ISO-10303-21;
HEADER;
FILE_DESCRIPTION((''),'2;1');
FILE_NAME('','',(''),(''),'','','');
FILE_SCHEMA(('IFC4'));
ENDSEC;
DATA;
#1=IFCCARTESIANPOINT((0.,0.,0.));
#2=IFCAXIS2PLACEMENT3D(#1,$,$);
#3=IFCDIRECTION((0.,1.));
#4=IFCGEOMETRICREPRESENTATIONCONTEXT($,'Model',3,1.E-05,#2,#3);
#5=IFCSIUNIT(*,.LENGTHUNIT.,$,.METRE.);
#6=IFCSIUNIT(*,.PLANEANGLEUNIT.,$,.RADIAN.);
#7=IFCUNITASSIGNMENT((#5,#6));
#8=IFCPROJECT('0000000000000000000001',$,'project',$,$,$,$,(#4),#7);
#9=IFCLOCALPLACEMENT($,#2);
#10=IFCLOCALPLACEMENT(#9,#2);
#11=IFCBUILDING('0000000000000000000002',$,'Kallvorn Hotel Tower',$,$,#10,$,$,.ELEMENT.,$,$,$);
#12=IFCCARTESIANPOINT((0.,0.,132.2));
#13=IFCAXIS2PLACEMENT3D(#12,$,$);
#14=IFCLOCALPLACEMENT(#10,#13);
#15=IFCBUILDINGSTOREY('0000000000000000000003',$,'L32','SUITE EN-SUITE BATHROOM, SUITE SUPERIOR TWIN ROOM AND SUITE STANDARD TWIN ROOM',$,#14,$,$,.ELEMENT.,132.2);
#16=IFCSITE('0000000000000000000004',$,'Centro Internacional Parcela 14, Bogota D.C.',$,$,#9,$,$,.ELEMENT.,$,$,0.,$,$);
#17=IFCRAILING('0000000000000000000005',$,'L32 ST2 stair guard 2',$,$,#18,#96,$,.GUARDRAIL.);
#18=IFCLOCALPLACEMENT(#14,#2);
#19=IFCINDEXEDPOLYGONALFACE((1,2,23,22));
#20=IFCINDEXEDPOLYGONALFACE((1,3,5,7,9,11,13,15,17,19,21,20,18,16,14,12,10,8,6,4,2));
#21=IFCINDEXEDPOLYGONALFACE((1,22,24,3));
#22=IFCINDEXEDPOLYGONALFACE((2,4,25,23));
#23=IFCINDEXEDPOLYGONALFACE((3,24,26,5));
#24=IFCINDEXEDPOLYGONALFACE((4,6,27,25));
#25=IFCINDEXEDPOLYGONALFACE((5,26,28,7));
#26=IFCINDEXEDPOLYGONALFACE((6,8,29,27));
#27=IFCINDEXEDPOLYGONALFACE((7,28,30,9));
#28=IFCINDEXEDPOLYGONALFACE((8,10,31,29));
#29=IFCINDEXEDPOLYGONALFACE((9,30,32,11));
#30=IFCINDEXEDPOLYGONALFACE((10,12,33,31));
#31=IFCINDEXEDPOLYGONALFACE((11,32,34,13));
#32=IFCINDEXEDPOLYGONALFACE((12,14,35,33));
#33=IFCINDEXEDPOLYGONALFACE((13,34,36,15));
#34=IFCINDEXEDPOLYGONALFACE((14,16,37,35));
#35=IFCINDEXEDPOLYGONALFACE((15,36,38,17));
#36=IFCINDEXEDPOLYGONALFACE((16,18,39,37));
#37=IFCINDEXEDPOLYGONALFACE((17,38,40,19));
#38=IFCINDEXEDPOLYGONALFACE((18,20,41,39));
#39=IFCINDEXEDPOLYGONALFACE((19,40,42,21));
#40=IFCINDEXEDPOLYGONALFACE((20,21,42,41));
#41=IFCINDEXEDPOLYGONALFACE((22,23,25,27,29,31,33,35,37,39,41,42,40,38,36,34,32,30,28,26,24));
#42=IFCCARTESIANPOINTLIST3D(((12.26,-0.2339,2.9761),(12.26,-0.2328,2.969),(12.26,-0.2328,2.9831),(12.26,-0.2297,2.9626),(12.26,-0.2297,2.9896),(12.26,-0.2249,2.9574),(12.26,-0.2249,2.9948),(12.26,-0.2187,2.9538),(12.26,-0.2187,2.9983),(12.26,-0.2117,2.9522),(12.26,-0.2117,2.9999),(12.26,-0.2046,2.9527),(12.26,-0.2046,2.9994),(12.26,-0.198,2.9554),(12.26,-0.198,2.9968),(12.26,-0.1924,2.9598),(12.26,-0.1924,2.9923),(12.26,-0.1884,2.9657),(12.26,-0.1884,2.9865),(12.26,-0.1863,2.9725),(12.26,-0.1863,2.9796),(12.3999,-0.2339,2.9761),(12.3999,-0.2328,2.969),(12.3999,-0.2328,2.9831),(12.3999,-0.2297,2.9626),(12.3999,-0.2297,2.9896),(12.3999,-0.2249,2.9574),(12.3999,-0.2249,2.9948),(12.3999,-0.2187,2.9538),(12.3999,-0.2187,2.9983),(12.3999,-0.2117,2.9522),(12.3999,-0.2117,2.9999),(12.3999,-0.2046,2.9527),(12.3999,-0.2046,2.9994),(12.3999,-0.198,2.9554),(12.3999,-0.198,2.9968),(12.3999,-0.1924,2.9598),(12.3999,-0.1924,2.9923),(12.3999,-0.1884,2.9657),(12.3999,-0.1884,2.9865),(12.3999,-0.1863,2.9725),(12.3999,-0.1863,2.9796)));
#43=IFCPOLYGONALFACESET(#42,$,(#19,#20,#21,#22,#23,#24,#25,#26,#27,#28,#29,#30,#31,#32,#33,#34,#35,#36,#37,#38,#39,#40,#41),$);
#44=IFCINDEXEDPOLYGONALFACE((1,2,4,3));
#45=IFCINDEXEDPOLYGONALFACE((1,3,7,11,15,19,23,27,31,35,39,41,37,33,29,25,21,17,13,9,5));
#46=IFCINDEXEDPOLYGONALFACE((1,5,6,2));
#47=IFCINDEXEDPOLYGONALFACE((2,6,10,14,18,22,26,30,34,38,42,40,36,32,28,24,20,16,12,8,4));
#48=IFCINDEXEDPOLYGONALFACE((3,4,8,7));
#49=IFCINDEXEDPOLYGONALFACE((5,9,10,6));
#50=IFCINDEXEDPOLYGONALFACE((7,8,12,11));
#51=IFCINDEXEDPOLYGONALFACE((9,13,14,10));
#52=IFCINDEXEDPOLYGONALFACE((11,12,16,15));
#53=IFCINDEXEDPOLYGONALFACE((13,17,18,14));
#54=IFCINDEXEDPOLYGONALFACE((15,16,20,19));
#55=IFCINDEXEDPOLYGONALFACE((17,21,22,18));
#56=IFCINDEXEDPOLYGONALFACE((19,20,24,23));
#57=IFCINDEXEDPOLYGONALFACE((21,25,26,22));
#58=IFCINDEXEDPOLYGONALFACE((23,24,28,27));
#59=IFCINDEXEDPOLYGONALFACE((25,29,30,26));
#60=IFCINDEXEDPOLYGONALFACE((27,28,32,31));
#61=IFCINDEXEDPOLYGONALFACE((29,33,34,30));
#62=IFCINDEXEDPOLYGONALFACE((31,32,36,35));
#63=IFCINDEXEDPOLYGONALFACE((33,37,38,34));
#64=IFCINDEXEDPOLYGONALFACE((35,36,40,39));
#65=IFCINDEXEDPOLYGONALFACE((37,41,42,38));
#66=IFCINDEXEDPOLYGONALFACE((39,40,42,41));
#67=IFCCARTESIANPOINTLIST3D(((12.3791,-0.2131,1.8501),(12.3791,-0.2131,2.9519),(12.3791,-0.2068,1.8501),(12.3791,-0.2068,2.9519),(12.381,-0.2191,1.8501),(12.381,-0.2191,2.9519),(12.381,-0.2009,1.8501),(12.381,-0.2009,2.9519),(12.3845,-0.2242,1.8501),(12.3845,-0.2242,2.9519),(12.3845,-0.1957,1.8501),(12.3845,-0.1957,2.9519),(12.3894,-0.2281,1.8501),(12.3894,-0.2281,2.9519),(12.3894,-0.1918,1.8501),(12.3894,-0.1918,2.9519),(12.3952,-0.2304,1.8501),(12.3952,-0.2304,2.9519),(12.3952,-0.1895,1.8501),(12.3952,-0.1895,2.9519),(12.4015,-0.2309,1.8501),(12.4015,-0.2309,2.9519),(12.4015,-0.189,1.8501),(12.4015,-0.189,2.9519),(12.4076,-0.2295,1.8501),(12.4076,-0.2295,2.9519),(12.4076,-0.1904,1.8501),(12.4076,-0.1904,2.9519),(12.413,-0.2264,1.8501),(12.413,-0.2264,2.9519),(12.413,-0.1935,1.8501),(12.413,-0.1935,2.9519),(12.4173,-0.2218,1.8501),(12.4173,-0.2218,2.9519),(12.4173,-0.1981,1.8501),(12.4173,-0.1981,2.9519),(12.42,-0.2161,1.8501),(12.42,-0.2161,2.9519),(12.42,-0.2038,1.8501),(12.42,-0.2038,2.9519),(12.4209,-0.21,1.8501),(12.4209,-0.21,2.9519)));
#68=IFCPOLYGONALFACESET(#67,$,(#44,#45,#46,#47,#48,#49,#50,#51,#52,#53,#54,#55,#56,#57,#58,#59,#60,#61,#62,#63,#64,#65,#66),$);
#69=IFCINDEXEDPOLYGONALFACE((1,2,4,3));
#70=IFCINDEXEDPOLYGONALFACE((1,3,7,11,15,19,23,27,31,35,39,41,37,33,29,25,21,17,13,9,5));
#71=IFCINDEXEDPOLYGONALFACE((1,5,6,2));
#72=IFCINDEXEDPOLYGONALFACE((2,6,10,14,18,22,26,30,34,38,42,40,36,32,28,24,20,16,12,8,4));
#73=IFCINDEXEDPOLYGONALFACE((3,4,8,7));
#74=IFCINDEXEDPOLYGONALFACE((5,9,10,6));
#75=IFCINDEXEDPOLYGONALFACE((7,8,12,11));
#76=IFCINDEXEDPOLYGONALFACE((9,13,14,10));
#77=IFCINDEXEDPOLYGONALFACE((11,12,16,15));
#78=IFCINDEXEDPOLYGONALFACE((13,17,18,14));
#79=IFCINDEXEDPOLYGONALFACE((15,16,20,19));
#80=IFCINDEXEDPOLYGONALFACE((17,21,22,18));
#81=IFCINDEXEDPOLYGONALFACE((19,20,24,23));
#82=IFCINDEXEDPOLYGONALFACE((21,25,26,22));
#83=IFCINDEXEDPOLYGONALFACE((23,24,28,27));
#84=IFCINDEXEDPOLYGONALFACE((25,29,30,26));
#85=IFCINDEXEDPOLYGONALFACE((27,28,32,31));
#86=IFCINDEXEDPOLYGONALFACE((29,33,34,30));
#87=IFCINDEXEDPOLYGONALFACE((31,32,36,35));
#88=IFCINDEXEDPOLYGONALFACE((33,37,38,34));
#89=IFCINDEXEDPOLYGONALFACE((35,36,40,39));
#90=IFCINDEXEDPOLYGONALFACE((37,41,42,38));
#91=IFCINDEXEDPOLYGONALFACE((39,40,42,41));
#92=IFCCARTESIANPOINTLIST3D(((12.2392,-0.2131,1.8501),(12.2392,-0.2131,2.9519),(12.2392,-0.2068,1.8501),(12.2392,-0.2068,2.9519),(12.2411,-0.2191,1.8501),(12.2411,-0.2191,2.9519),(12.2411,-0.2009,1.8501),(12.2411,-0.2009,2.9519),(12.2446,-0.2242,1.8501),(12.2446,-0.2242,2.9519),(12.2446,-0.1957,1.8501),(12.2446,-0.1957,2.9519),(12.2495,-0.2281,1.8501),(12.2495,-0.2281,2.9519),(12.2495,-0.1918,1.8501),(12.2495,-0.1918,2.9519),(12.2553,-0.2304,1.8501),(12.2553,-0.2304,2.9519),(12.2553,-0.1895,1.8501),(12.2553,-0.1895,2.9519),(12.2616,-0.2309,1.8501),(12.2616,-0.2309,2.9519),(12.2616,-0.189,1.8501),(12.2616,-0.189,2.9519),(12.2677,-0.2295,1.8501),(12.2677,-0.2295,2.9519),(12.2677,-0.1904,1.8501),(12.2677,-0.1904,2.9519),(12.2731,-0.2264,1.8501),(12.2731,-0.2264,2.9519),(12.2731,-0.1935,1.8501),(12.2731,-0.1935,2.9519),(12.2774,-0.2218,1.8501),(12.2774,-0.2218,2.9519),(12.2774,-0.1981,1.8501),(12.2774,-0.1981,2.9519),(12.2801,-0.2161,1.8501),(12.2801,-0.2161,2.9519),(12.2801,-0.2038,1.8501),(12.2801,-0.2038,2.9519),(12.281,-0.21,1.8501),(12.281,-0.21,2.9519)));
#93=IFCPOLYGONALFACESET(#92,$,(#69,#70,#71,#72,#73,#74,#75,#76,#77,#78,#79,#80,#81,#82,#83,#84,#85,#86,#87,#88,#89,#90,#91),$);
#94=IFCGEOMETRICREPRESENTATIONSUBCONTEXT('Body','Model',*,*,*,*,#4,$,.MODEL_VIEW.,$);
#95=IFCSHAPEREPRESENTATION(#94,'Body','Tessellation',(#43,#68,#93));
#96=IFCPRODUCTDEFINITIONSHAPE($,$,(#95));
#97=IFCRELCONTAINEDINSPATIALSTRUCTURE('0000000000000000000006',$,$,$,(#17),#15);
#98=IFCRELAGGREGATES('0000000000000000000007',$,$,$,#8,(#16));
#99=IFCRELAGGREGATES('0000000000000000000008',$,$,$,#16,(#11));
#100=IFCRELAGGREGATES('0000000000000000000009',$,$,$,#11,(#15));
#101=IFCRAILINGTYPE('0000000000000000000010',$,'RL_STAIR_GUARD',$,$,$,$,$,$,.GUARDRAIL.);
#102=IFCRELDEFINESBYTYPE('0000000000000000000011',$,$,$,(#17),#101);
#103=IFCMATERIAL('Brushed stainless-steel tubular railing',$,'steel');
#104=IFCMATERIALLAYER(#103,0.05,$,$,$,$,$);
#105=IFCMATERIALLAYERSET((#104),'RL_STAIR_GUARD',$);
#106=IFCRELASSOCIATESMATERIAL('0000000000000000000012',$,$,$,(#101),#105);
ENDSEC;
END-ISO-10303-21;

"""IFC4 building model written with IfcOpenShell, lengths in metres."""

from ifc_helpers import new_model, si_unit, direction, frame, origin, origin_2d, place, context, subcontext, project, spatial, circle, extrude, material, layer, layer_set, type_object, element, save


model = new_model("IFC4")

# Units and contexts
model_context = context("Model", 3, precision=1e-05, world=origin(), true_north=direction((0.0, 1.0)))
body_context = subcontext(model_context, "Body", "Model", "MODEL_VIEW")
ifc_project = project(units=[si_unit("LENGTHUNIT", "METRE"), si_unit("PLANEANGLEUNIT", "RADIAN")], contexts=[model_context])

# Site, building, storey
site_placement = place(None, origin())
site = spatial("IfcSite", under=ifc_project, at=site_placement, Name="Centro Internacional Parcela 14, Bogota D.C.", CompositionType="ELEMENT", RefElevation=0.0)
building_placement = place(site_placement, origin())
building = spatial("IfcBuilding", under=site, at=building_placement, Name="Kallvorn Hotel Tower", CompositionType="ELEMENT")
storey_placement = place(building_placement, frame((0.0, 0.0, 132.2)))
storey = spatial("IfcBuildingStorey", under=building, at=storey_placement, Name="L32", Description="SUITE EN-SUITE BATHROOM, SUITE SUPERIOR TWIN ROOM AND SUITE STANDARD TWIN ROOM", CompositionType="ELEMENT", Elevation=132.2)

# Railing
ifc_material_1 = material(Name="Brushed stainless-steel tubular railing", Category="steel")
ifc_layer_1 = layer(ifc_material_1, 0.05)
ifc_layer_set_1 = layer_set([ifc_layer_1], Name="RL_STAIR_GUARD")
railing_type_1 = type_object("IfcRailingType", Name="RL_STAIR_GUARD", PredefinedType="GUARDRAIL", material=ifc_layer_set_1)
railing_1_placement = place(storey_placement, frame((12.3999, -0.21, 1.8501)))
element("IfcRailing", 1, at=railing_1_placement, inside=storey, type_object=railing_type_1, Name="L32 ST2 stair guard 2", PredefinedType="GUARDRAIL", context=body_context, shape_type="SweptSolid", body=[
    extrude(circle(Radius=0.0239, at=origin_2d()), frame((0.0, 0.0, 1.126), z_axis=(-1.0, 0.0, 0.0), x_axis=(0.0, -1.0, 0.0)), (0.0, 0.0, 1.0), 0.1399),
    extrude(circle(Radius=0.021, at=origin_2d()), origin(), (0.0, 0.0, 1.0), 1.1018),
    extrude(circle(Radius=0.021, at=origin_2d()), frame((-0.1399, 0.0, 0.0)), (0.0, 0.0, 1.0), 1.1018),
])

save(model, "model.ifc")
